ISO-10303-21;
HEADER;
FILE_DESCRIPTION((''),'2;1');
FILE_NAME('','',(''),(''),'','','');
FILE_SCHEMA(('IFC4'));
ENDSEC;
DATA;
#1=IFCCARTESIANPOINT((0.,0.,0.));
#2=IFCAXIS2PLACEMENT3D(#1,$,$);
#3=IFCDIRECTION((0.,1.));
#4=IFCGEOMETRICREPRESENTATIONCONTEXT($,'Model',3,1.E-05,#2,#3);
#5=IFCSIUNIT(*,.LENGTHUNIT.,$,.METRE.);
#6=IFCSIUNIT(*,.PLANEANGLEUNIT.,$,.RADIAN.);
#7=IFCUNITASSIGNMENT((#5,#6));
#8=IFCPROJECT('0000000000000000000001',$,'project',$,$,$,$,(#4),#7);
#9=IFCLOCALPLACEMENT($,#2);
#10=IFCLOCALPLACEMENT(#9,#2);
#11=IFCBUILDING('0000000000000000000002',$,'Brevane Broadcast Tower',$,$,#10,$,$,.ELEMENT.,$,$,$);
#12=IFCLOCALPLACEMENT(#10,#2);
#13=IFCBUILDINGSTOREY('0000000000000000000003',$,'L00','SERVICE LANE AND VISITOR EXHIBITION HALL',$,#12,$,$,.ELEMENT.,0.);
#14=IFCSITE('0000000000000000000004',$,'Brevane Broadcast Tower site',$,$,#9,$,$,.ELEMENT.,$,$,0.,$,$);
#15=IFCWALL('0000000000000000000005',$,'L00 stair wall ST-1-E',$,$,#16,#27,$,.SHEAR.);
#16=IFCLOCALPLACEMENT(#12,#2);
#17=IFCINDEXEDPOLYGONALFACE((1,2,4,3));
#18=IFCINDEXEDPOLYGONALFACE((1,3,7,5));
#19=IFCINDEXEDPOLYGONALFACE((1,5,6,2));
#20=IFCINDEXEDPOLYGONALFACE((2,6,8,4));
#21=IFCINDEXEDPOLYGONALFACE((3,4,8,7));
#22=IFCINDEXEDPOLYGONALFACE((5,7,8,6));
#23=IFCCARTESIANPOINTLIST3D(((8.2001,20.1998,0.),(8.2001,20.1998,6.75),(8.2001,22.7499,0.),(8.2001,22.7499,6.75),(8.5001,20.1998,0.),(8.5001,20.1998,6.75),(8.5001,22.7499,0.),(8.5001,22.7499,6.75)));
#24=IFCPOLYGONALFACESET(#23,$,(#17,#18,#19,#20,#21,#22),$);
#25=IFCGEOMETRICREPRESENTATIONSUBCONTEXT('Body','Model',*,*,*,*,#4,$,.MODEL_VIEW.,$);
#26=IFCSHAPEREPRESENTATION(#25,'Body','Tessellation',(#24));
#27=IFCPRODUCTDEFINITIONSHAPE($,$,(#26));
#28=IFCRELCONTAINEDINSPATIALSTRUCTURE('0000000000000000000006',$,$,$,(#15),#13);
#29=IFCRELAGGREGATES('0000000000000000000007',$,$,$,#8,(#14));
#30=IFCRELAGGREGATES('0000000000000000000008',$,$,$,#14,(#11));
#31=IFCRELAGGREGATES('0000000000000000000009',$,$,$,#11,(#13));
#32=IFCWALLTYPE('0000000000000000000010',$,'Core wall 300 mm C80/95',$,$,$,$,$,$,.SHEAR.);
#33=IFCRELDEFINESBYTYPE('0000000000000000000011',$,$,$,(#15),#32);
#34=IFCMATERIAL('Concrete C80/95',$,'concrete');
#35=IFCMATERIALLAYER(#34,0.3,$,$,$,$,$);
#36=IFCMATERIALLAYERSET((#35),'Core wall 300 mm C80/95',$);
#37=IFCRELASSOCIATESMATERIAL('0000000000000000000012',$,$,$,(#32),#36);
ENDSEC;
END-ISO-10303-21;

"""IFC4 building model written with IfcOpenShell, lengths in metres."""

from ifc_helpers import new_model, si_unit, direction, frame, frame_2d, origin, place, context, subcontext, project, spatial, rectangle, extrude, material, layer, layer_set, type_object, element, save


model = new_model("IFC4")

# Units and contexts
model_context = context("Model", 3, precision=1e-05, world=origin(), true_north=direction((0.0, 1.0)))
body_context = subcontext(model_context, "Body", "Model", "MODEL_VIEW")
ifc_project = project(units=[si_unit("LENGTHUNIT", "METRE"), si_unit("PLANEANGLEUNIT", "RADIAN")], contexts=[model_context])

# Site, building, storey
site_placement = place(None, origin())
site = spatial("IfcSite", under=ifc_project, at=site_placement, Name="Brevane Broadcast Tower site", CompositionType="ELEMENT", RefElevation=0.0)
building_placement = place(site_placement, origin())
building = spatial("IfcBuilding", under=site, at=building_placement, Name="Brevane Broadcast Tower", CompositionType="ELEMENT")
storey_placement = place(building_placement, origin())
storey = spatial("IfcBuildingStorey", under=building, at=storey_placement, Name="L00", Description="SERVICE LANE AND VISITOR EXHIBITION HALL", CompositionType="ELEMENT", Elevation=0.0)

# Shared definitions
ifc_material_1 = material(Name="Concrete C80/95", Category="concrete")
ifc_layer_1 = layer(ifc_material_1, 0.3)
ifc_layer_set_1 = layer_set([ifc_layer_1], Name="Core wall 300 mm C80/95")
wall_type_1 = type_object("IfcWallType", Name="Core wall 300 mm C80/95", PredefinedType="SHEAR", material=ifc_layer_set_1)

# Wall
wall_1_placement = place(storey_placement, frame((8.3501, 20.2, 0.0), z_axis=(0.0, 0.0, 1.0), x_axis=(0.0, 1.0, 0.0)))
element("IfcWall", 1, at=wall_1_placement, inside=storey, type_object=wall_type_1, Name="L00 stair wall ST-1-E", PredefinedType="SHEAR", context=body_context, shape_type="SweptSolid", body=[
    extrude(rectangle(XDim=2.55, YDim=0.3, at=frame_2d((1.2749, 0.0))), origin(), (0.0, 0.0, 1.0), 6.75),
])

save(model, "model.ifc")
